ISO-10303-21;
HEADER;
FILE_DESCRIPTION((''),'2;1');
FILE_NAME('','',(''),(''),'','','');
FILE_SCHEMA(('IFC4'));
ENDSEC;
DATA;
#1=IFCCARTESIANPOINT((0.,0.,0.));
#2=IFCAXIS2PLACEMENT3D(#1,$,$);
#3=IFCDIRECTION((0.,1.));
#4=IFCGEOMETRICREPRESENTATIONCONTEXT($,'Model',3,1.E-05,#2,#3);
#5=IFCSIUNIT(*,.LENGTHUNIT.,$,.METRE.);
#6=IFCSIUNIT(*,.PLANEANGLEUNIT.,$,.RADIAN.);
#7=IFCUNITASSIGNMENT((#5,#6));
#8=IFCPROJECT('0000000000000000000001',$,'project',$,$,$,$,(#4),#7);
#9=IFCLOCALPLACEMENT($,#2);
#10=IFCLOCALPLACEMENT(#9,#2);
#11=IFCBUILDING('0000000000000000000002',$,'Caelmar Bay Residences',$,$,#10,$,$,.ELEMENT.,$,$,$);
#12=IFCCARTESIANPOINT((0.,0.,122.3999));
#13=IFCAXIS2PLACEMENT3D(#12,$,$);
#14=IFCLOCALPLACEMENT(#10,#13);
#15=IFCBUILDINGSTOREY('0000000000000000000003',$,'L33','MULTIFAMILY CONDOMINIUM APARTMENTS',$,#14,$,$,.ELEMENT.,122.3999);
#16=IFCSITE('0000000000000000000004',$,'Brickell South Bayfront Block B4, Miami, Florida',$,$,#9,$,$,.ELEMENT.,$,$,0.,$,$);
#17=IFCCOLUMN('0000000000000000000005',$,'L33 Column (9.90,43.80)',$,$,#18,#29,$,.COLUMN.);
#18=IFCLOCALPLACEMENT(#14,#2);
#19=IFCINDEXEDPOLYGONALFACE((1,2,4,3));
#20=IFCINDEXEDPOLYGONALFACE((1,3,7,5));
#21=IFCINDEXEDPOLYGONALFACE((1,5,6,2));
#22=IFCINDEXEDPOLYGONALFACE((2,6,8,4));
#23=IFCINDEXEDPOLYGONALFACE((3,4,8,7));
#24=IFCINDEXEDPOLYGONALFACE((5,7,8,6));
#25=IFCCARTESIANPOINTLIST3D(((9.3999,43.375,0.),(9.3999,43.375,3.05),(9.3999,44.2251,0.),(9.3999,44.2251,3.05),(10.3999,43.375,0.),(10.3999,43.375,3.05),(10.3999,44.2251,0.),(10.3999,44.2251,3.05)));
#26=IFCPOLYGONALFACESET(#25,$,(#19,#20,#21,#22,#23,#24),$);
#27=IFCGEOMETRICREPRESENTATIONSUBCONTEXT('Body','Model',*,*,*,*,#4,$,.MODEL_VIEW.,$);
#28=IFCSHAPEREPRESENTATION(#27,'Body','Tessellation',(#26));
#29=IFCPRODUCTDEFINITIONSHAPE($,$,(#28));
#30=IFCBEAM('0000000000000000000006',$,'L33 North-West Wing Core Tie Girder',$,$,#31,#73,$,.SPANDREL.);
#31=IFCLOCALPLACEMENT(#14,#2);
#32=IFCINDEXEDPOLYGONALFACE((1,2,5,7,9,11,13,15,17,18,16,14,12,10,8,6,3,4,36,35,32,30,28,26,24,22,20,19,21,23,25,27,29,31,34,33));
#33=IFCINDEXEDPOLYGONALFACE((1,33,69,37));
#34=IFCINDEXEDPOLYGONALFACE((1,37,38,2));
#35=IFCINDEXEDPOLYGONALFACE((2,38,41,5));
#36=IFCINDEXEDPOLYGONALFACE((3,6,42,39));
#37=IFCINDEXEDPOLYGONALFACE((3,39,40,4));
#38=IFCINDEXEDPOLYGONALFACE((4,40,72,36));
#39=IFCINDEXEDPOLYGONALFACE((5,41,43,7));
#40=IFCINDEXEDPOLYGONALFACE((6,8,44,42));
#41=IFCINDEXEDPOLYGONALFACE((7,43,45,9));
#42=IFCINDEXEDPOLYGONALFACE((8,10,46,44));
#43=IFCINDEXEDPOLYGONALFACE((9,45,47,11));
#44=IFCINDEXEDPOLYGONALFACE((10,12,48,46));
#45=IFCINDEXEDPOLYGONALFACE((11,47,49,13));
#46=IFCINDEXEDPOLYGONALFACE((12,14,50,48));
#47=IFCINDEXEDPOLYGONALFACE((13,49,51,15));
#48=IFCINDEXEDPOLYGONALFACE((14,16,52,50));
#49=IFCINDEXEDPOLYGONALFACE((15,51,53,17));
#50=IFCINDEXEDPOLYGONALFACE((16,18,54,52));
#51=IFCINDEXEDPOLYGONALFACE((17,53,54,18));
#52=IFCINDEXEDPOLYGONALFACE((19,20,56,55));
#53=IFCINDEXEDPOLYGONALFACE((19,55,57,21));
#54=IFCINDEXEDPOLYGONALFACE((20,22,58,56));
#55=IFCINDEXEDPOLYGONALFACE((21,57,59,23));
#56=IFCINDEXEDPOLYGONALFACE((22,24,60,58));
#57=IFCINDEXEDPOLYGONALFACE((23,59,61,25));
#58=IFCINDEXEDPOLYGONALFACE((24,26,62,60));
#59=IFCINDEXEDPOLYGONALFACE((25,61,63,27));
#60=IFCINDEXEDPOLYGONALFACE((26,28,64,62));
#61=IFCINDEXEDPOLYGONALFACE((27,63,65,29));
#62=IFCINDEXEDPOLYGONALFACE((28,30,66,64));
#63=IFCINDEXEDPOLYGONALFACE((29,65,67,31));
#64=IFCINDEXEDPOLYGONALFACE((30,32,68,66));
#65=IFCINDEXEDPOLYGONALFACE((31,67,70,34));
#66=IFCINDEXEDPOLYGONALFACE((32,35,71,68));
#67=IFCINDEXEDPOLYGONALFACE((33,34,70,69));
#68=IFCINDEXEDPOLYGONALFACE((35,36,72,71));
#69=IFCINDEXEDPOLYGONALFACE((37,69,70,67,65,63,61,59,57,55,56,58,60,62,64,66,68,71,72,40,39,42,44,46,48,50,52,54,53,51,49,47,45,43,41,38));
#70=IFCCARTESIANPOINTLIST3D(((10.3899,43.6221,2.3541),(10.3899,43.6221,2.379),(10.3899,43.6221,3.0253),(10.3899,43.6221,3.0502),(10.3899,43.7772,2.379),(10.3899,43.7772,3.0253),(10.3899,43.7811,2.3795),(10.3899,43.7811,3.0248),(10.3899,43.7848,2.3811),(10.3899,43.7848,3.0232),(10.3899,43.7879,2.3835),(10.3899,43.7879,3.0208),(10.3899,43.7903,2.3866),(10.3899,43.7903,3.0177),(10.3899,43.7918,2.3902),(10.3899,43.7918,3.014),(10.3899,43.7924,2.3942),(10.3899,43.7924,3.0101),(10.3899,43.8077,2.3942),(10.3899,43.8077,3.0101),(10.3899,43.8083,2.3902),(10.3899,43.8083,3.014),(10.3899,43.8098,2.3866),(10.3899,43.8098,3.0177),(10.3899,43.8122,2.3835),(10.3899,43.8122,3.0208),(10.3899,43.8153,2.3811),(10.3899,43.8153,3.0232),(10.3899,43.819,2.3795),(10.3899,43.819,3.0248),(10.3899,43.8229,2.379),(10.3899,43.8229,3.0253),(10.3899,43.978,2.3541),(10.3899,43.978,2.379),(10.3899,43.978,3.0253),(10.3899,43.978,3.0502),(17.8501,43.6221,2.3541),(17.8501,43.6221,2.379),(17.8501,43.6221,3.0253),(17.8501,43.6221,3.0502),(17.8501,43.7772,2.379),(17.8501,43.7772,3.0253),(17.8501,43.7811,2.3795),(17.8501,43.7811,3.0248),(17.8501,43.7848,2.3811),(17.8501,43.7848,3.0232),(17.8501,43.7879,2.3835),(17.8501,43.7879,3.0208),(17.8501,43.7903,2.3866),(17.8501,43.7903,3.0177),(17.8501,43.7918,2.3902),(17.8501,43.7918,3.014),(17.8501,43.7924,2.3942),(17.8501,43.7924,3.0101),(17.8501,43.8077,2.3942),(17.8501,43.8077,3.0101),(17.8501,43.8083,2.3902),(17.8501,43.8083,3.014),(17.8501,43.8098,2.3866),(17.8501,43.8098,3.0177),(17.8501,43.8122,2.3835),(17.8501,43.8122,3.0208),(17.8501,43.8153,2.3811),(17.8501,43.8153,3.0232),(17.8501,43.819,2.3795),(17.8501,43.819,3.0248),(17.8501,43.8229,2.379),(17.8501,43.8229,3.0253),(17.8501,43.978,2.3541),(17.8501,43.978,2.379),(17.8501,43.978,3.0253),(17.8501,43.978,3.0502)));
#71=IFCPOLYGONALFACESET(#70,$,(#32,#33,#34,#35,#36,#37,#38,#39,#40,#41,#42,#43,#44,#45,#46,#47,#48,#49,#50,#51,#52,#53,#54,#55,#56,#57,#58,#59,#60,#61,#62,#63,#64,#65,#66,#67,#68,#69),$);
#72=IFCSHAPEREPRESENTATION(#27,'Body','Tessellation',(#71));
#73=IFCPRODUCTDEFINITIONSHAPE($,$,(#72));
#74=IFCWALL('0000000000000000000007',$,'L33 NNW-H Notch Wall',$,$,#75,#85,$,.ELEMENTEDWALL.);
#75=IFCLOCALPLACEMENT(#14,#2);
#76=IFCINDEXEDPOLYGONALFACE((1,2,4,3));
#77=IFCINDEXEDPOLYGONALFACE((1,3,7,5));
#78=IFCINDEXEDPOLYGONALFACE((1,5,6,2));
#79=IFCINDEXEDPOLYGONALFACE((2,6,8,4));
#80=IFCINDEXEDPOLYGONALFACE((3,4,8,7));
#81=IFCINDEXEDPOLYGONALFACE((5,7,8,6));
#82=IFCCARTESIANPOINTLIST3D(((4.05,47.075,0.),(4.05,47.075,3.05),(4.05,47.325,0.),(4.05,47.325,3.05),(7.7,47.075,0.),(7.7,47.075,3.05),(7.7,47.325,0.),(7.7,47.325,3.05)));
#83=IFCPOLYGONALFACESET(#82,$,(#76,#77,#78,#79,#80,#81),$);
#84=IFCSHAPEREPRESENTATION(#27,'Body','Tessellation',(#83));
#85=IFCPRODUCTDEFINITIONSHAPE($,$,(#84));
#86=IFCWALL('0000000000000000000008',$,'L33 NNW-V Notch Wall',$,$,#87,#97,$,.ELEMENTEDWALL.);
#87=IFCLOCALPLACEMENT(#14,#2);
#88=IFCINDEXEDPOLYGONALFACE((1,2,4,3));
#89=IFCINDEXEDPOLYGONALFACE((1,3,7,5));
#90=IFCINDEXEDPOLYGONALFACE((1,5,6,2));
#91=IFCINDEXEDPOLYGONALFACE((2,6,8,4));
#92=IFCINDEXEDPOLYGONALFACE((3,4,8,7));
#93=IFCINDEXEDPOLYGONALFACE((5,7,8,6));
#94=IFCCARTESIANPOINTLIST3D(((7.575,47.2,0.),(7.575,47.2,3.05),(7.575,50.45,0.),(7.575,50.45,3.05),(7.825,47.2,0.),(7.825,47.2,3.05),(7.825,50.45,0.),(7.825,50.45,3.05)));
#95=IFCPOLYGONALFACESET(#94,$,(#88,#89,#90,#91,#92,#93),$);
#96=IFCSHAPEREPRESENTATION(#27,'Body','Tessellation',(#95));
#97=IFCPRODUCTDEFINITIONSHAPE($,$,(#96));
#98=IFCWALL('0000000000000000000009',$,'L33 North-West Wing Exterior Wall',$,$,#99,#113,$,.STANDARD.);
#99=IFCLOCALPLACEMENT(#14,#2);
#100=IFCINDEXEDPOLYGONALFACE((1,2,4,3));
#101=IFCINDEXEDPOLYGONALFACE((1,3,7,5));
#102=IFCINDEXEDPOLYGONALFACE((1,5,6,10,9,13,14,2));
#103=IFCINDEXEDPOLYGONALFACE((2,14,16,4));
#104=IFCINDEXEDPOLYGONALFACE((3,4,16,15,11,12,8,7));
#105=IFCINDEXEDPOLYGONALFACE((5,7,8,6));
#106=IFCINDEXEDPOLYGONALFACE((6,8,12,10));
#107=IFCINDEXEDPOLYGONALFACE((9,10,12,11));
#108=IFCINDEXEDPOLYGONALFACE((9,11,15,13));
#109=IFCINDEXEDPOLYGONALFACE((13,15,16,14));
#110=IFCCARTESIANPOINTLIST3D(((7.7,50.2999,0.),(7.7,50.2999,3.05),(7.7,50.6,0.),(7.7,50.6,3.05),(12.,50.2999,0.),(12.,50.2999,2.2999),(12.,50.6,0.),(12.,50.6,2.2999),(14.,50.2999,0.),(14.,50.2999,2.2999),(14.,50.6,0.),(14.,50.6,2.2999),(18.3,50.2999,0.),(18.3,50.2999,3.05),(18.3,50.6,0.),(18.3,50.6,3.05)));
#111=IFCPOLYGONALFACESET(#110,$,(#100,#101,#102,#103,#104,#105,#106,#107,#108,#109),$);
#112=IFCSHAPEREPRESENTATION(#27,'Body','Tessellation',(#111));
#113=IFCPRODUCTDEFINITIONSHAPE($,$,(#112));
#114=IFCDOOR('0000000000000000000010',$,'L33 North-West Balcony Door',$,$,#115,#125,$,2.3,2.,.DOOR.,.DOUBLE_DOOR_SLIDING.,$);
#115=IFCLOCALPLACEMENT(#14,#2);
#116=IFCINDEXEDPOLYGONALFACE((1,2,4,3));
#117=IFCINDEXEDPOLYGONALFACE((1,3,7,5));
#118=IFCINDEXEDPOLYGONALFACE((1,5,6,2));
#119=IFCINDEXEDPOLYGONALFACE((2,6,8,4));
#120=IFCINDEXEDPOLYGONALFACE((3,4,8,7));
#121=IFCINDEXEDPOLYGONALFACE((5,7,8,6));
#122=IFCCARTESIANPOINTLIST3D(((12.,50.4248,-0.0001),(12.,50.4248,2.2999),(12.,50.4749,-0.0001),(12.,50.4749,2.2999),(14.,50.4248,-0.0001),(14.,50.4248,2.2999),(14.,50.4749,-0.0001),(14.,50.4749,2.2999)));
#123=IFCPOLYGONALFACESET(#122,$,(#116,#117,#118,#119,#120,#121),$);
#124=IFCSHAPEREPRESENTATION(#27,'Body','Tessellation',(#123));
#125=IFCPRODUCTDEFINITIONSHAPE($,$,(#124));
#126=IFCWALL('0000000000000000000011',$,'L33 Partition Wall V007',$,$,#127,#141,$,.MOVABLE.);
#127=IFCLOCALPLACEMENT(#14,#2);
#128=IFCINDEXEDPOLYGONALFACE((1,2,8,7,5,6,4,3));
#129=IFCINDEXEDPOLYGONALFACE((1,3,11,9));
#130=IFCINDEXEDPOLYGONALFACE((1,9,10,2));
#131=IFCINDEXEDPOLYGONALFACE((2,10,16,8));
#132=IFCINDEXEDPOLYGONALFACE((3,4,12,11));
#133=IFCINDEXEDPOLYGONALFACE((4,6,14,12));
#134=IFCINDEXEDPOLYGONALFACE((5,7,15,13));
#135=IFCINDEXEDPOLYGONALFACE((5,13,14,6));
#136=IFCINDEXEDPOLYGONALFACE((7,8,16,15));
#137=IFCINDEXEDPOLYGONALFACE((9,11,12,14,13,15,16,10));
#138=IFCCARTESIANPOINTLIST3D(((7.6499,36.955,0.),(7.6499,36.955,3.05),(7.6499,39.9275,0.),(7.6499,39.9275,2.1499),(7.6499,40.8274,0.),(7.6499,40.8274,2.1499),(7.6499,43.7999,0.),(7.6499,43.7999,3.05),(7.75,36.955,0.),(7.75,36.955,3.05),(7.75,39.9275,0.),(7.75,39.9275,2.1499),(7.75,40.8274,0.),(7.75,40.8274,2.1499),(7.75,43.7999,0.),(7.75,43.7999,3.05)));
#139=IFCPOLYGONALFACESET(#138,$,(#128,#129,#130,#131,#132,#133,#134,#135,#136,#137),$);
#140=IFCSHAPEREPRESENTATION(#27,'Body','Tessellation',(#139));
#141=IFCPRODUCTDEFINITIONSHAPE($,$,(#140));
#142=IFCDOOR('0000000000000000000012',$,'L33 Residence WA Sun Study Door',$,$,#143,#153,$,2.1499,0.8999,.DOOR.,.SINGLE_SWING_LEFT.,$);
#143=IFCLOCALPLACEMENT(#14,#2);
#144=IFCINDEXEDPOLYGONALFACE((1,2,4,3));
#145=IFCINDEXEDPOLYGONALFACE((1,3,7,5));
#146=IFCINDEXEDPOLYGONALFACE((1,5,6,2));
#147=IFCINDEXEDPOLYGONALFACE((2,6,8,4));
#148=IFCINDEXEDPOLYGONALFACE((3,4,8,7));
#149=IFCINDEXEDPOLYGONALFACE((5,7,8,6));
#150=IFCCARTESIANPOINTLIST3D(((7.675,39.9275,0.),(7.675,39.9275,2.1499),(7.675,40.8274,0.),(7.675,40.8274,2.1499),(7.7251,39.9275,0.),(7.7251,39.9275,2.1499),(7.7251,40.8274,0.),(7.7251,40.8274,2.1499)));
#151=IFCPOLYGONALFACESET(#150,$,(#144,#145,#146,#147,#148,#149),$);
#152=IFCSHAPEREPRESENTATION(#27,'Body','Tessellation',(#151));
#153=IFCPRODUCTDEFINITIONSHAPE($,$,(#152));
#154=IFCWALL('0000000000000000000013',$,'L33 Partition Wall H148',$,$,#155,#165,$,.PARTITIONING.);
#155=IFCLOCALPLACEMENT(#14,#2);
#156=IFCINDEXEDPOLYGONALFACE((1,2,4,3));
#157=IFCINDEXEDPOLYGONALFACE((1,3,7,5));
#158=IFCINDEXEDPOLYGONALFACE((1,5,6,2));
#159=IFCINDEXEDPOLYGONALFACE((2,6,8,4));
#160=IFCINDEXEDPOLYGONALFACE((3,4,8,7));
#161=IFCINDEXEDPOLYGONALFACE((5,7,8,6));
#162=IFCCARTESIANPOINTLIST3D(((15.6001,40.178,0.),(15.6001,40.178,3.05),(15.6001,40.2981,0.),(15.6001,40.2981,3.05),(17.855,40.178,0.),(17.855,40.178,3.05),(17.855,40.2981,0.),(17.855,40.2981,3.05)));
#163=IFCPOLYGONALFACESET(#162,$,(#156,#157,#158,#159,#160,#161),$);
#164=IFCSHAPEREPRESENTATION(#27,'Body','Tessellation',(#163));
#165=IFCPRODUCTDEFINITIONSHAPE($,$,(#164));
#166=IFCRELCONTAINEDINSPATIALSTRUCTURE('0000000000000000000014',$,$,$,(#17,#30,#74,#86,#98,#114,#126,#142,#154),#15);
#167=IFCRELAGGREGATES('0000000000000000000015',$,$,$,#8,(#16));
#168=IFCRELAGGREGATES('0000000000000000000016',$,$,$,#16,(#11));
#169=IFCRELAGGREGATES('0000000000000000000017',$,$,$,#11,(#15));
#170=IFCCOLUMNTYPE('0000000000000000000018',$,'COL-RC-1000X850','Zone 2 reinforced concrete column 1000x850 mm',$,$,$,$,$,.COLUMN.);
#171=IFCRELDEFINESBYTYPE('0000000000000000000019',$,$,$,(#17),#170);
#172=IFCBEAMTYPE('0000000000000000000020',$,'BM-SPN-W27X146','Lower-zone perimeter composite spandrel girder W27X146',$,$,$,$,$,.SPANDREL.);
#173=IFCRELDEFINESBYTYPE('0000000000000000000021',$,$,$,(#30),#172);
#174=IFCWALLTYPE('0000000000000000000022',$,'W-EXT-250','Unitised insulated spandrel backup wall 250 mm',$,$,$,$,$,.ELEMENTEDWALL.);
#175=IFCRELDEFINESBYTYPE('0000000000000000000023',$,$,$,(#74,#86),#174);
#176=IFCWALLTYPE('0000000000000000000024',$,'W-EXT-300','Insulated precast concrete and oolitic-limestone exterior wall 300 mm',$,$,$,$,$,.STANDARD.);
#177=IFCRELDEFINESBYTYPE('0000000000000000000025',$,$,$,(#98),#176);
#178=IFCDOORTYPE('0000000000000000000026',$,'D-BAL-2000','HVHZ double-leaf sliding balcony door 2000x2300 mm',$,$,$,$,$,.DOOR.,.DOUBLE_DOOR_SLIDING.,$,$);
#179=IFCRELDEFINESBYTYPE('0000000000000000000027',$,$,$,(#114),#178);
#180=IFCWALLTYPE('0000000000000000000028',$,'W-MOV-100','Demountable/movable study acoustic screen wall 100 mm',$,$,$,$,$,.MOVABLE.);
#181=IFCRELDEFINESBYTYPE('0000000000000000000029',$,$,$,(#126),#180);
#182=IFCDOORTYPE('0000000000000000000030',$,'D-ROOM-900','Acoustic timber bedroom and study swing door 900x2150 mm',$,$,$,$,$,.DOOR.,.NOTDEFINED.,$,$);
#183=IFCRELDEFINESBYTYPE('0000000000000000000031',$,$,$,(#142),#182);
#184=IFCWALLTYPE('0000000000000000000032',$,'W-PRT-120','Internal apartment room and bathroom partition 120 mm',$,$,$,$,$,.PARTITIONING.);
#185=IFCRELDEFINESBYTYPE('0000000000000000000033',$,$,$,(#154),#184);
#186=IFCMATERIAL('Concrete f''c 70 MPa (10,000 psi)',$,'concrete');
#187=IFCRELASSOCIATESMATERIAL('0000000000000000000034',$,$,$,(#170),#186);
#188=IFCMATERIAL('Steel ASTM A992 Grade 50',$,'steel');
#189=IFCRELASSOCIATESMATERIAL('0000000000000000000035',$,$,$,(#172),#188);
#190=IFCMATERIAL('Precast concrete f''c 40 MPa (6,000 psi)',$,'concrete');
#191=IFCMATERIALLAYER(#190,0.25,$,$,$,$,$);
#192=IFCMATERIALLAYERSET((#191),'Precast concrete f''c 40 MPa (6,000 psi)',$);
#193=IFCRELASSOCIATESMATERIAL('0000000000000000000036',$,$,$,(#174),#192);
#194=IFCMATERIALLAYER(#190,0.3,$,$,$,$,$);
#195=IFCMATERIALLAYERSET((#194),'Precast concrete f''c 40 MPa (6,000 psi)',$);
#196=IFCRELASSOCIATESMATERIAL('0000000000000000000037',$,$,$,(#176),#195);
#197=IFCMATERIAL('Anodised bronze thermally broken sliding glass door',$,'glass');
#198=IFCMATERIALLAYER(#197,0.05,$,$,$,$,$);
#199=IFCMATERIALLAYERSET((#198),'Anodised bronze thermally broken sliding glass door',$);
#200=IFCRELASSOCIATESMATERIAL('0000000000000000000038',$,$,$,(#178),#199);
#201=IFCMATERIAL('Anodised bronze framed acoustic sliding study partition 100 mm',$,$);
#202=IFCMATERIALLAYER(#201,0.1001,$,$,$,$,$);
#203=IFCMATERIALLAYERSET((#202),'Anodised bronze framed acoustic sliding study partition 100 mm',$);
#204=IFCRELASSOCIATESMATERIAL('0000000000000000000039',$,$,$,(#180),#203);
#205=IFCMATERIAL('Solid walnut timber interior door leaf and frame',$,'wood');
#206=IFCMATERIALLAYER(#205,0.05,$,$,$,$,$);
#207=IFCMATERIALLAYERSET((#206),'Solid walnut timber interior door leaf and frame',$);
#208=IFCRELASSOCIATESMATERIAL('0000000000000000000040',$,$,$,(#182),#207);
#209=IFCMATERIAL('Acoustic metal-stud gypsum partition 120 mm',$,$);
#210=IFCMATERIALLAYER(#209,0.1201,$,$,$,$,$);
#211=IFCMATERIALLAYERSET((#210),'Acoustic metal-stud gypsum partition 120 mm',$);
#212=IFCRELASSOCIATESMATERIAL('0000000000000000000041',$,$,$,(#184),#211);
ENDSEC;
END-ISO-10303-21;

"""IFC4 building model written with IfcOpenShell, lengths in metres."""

from ifc_helpers import new_model, si_unit, direction, frame, frame_2d, origin, origin_2d, place, context, subcontext, project, spatial, rectangle, i_section, extrude, material, layer, layer_set, material_profile, profile_set, type_object, element, fill, save


model = new_model("IFC4")

# Units and contexts
model_context = context("Model", 3, precision=1e-05, world=origin(), true_north=direction((0.0, 1.0)))
body_context = subcontext(model_context, "Body", "Model", "MODEL_VIEW")
ifc_project = project(units=[si_unit("LENGTHUNIT", "METRE"), si_unit("PLANEANGLEUNIT", "RADIAN")], contexts=[model_context])

# Site, building, storey
site_placement = place(None, origin())
site = spatial("IfcSite", under=ifc_project, at=site_placement, Name="Brickell South Bayfront Block B4, Miami, Florida", CompositionType="ELEMENT", RefElevation=0.0)
building_placement = place(site_placement, origin())
building = spatial("IfcBuilding", under=site, at=building_placement, Name="Caelmar Bay Residences", CompositionType="ELEMENT")
storey_placement = place(building_placement, frame((0.0, 0.0, 122.3999)))
storey = spatial("IfcBuildingStorey", under=building, at=storey_placement, Name="L33", Description="MULTIFAMILY CONDOMINIUM APARTMENTS", CompositionType="ELEMENT", Elevation=122.3999)

# Column
ifc_material_1 = material(Name="Concrete f'c 70 MPa (10,000 psi)", Category="concrete")
ifc_material_profile_1 = material_profile(ifc_material_1, rectangle(XDim=1.0, YDim=0.8501, at=origin_2d()), Name="RC-COL-1000X850")
ifc_profile_set_1 = profile_set([ifc_material_profile_1], Name="Concrete f'c 70 MPa (10,000 psi)")
column_type = type_object("IfcColumnType", Name="COL-RC-1000X850", Description="Zone 2 reinforced concrete column 1000x850 mm", PredefinedType="COLUMN", material=ifc_profile_set_1)
column_placement = place(storey_placement, frame((9.8999, 43.8, 0.0), z_axis=(0.0, 0.0, 1.0), x_axis=(1.0, 0.0, 0.0)))
element("IfcColumn", 1, at=column_placement, inside=storey, type_object=column_type, Name="L33 Column (9.90,43.80)", PredefinedType="COLUMN", context=body_context, shape_type="SweptSolid", body=[
    extrude(rectangle(XDim=1.0, YDim=0.8501, at=origin_2d()), origin(), (0.0, 0.0, 1.0), 3.05),
])

# Beam
ifc_material_2 = material(Name="Steel ASTM A992 Grade 50", Category="steel")
ifc_material_profile_2 = material_profile(ifc_material_2, i_section(OverallWidth=0.356, OverallDepth=0.696, WebThickness=0.0154, FlangeThickness=0.0249, FilletRadius=0.0151, at=origin_2d()), Name="W27X146")
ifc_profile_set_2 = profile_set([ifc_material_profile_2], Name="Steel ASTM A992 Grade 50")
beam_type = type_object("IfcBeamType", Name="BM-SPN-W27X146", Description="Lower-zone perimeter composite spandrel girder W27X146", PredefinedType="SPANDREL", material=ifc_profile_set_2)
beam_placement = place(storey_placement, frame((10.3899, 43.8, 2.7021), z_axis=(1.0, 0.0, 0.0), x_axis=(0.0, 1.0, 0.0)))
element("IfcBeam", 2, at=beam_placement, inside=storey, type_object=beam_type, Name="L33 North-West Wing Core Tie Girder", PredefinedType="SPANDREL", context=body_context, shape_type="SweptSolid", body=[
    extrude(i_section(OverallWidth=0.356, OverallDepth=0.696, WebThickness=0.0154, FlangeThickness=0.0249, FilletRadius=0.0151, at=origin_2d()), origin(), (0.0, 0.0, 1.0), 7.4602),
])

# Walls
ifc_material_3 = material(Name="Precast concrete f'c 40 MPa (6,000 psi)", Category="concrete")
ifc_layer_1 = layer(ifc_material_3, 0.25)
ifc_layer_set_1 = layer_set([ifc_layer_1], Name="Precast concrete f'c 40 MPa (6,000 psi)")
wall_type_1 = type_object("IfcWallType", Name="W-EXT-250", Description="Unitised insulated spandrel backup wall 250 mm", PredefinedType="ELEMENTEDWALL", material=ifc_layer_set_1)
wall_1_placement = place(storey_placement, frame((4.05, 47.2, 0.0), z_axis=(0.0, 0.0, 1.0), x_axis=(1.0, 0.0, 0.0)))
element("IfcWall", 3, at=wall_1_placement, inside=storey, type_object=wall_type_1, Name="L33 NNW-H Notch Wall", PredefinedType="ELEMENTEDWALL", context=body_context, shape_type="SweptSolid", body=[
    extrude(rectangle(XDim=3.6499, YDim=0.25, at=frame_2d((1.825, 0.0))), origin(), (0.0, 0.0, 1.0), 3.05),
])
wall_2_placement = place(storey_placement, frame((7.7, 47.2, 0.0), z_axis=(0.0, 0.0, 1.0), x_axis=(0.0, 1.0, 0.0)))
element("IfcWall", 4, at=wall_2_placement, inside=storey, type_object=wall_type_1, Name="L33 NNW-V Notch Wall", PredefinedType="ELEMENTEDWALL", context=body_context, shape_type="SweptSolid", body=[
    extrude(rectangle(XDim=3.25, YDim=0.25, at=frame_2d((1.625, 0.0))), origin(), (0.0, 0.0, 1.0), 3.05),
])

# Walls, openings, doors
ifc_layer_2 = layer(ifc_material_3, 0.3)
ifc_layer_set_2 = layer_set([ifc_layer_2], Name="Precast concrete f'c 40 MPa (6,000 psi)")
wall_type_2 = type_object("IfcWallType", Name="W-EXT-300", Description="Insulated precast concrete and oolitic-limestone exterior wall 300 mm", PredefinedType="STANDARD", material=ifc_layer_set_2)
wall_3_placement = place(storey_placement, frame((7.7, 50.45, 0.0), z_axis=(0.0, 0.0, 1.0), x_axis=(1.0, 0.0, 0.0)))
wall_3 = element("IfcWall", 5, at=wall_3_placement, inside=storey, type_object=wall_type_2, Name="L33 North-West Wing Exterior Wall", PredefinedType="STANDARD", context=body_context, shape_type="SweptSolid", body=[
    extrude(rectangle(XDim=10.6001, YDim=0.3, at=frame_2d((5.3, 0.0))), origin(), (0.0, 0.0, 1.0), 3.05),
])
opening_1_placement = place(wall_3_placement, frame((4.3, 0.0, 0.0)))
opening_1 = element("IfcOpeningElement", 6, at=opening_1_placement, cuts=wall_3, PredefinedType="OPENING", context=body_context, shape_type="SweptSolid", body=[
    extrude(rectangle(XDim=2.0, YDim=2.3, at=frame_2d((1.0, 1.1499))), frame((0.0, 0.1599, 0.0), z_axis=(0.0, -1.0, 0.0), x_axis=(1.0, 0.0, 0.0)), (0.0, 0.0, 1.0), 0.3201),
])
ifc_material_4 = material(Name="Anodised bronze thermally broken sliding glass door", Category="glass")
ifc_layer_3 = layer(ifc_material_4, 0.05)
ifc_layer_set_3 = layer_set([ifc_layer_3], Name="Anodised bronze thermally broken sliding glass door")
door_type_1 = type_object("IfcDoorType", Name="D-BAL-2000", Description="HVHZ double-leaf sliding balcony door 2000x2300 mm", OperationType="DOUBLE_DOOR_SLIDING", PredefinedType="DOOR", material=ifc_layer_set_3)
door_1_placement = place(opening_1_placement, origin())
door_1 = element("IfcDoor", 7, at=door_1_placement, inside=storey, type_object=door_type_1, Name="L33 North-West Balcony Door", OperationType="DOUBLE_DOOR_SLIDING", OverallHeight=2.3, OverallWidth=2.0, PredefinedType="DOOR", context=body_context, shape_type="SweptSolid", body=[
    extrude(rectangle(XDim=2.0, YDim=2.3, at=frame_2d((1.0, 1.1499))), frame((0.0, 0.0249, 0.0), z_axis=(0.0, -1.0, 0.0), x_axis=(1.0, 0.0, 0.0)), (0.0, 0.0, 1.0), 0.05),
])
fill(opening_1, door_1)
ifc_material_5 = material(Name="Anodised bronze framed acoustic sliding study partition 100 mm")
ifc_layer_4 = layer(ifc_material_5, 0.1001)
ifc_layer_set_4 = layer_set([ifc_layer_4], Name="Anodised bronze framed acoustic sliding study partition 100 mm")
wall_type_3 = type_object("IfcWallType", Name="W-MOV-100", Description="Demountable/movable study acoustic screen wall 100 mm", PredefinedType="MOVABLE", material=ifc_layer_set_4)
wall_4_placement = place(storey_placement, frame((7.7, 36.9551, 0.0), z_axis=(0.0, 0.0, 1.0), x_axis=(0.0, 1.0, 0.0)))
wall_4 = element("IfcWall", 8, at=wall_4_placement, inside=storey, type_object=wall_type_3, Name="L33 Partition Wall V007", PredefinedType="MOVABLE", context=body_context, shape_type="SweptSolid", body=[
    extrude(rectangle(XDim=6.845, YDim=0.1001, at=frame_2d((3.4224, 0.0))), origin(), (0.0, 0.0, 1.0), 3.05),
])
opening_2_placement = place(wall_4_placement, frame((2.9724, 0.0, 0.0)))
opening_2 = element("IfcOpeningElement", 9, at=opening_2_placement, cuts=wall_4, PredefinedType="OPENING", context=body_context, shape_type="SweptSolid", body=[
    extrude(rectangle(XDim=0.8999, YDim=2.1499, at=frame_2d((0.45, 1.075))), frame((0.0, 0.0601, 0.0), z_axis=(0.0, -1.0, 0.0), x_axis=(1.0, 0.0, 0.0)), (0.0, 0.0, 1.0), 0.1201),
])
ifc_material_6 = material(Name="Solid walnut timber interior door leaf and frame", Category="wood")
ifc_layer_5 = layer(ifc_material_6, 0.05)
ifc_layer_set_5 = layer_set([ifc_layer_5], Name="Solid walnut timber interior door leaf and frame")
door_type_2 = type_object("IfcDoorType", Name="D-ROOM-900", Description="Acoustic timber bedroom and study swing door 900x2150 mm", OperationType="NOTDEFINED", PredefinedType="DOOR", material=ifc_layer_set_5)
door_2_placement = place(opening_2_placement, origin())
door_2 = element("IfcDoor", 10, at=door_2_placement, inside=storey, type_object=door_type_2, Name="L33 Residence WA Sun Study Door", OperationType="SINGLE_SWING_LEFT", OverallHeight=2.1499, OverallWidth=0.8999, PredefinedType="DOOR", context=body_context, shape_type="SweptSolid", body=[
    extrude(rectangle(XDim=0.8999, YDim=2.1499, at=frame_2d((0.45, 1.075))), frame((0.0, 0.0249, 0.0), z_axis=(0.0, -1.0, 0.0), x_axis=(1.0, 0.0, 0.0)), (0.0, 0.0, 1.0), 0.05),
])
fill(opening_2, door_2)
ifc_material_7 = material(Name="Acoustic metal-stud gypsum partition 120 mm")
ifc_layer_6 = layer(ifc_material_7, 0.1201)
ifc_layer_set_6 = layer_set([ifc_layer_6], Name="Acoustic metal-stud gypsum partition 120 mm")
wall_type_4 = type_object("IfcWallType", Name="W-PRT-120", Description="Internal apartment room and bathroom partition 120 mm", PredefinedType="PARTITIONING", material=ifc_layer_set_6)

# Wall
wall_5_placement = place(storey_placement, frame((15.6001, 40.238, 0.0), z_axis=(0.0, 0.0, 1.0), x_axis=(1.0, 0.0, 0.0)))
element("IfcWall", 11, at=wall_5_placement, inside=storey, type_object=wall_type_4, Name="L33 Partition Wall H148", PredefinedType="PARTITIONING", context=body_context, shape_type="SweptSolid", body=[
    extrude(rectangle(XDim=2.2549, YDim=0.1201, at=frame_2d((1.1274, 0.0))), origin(), (0.0, 0.0, 1.0), 3.05),
])

save(model, "model.ifc")
